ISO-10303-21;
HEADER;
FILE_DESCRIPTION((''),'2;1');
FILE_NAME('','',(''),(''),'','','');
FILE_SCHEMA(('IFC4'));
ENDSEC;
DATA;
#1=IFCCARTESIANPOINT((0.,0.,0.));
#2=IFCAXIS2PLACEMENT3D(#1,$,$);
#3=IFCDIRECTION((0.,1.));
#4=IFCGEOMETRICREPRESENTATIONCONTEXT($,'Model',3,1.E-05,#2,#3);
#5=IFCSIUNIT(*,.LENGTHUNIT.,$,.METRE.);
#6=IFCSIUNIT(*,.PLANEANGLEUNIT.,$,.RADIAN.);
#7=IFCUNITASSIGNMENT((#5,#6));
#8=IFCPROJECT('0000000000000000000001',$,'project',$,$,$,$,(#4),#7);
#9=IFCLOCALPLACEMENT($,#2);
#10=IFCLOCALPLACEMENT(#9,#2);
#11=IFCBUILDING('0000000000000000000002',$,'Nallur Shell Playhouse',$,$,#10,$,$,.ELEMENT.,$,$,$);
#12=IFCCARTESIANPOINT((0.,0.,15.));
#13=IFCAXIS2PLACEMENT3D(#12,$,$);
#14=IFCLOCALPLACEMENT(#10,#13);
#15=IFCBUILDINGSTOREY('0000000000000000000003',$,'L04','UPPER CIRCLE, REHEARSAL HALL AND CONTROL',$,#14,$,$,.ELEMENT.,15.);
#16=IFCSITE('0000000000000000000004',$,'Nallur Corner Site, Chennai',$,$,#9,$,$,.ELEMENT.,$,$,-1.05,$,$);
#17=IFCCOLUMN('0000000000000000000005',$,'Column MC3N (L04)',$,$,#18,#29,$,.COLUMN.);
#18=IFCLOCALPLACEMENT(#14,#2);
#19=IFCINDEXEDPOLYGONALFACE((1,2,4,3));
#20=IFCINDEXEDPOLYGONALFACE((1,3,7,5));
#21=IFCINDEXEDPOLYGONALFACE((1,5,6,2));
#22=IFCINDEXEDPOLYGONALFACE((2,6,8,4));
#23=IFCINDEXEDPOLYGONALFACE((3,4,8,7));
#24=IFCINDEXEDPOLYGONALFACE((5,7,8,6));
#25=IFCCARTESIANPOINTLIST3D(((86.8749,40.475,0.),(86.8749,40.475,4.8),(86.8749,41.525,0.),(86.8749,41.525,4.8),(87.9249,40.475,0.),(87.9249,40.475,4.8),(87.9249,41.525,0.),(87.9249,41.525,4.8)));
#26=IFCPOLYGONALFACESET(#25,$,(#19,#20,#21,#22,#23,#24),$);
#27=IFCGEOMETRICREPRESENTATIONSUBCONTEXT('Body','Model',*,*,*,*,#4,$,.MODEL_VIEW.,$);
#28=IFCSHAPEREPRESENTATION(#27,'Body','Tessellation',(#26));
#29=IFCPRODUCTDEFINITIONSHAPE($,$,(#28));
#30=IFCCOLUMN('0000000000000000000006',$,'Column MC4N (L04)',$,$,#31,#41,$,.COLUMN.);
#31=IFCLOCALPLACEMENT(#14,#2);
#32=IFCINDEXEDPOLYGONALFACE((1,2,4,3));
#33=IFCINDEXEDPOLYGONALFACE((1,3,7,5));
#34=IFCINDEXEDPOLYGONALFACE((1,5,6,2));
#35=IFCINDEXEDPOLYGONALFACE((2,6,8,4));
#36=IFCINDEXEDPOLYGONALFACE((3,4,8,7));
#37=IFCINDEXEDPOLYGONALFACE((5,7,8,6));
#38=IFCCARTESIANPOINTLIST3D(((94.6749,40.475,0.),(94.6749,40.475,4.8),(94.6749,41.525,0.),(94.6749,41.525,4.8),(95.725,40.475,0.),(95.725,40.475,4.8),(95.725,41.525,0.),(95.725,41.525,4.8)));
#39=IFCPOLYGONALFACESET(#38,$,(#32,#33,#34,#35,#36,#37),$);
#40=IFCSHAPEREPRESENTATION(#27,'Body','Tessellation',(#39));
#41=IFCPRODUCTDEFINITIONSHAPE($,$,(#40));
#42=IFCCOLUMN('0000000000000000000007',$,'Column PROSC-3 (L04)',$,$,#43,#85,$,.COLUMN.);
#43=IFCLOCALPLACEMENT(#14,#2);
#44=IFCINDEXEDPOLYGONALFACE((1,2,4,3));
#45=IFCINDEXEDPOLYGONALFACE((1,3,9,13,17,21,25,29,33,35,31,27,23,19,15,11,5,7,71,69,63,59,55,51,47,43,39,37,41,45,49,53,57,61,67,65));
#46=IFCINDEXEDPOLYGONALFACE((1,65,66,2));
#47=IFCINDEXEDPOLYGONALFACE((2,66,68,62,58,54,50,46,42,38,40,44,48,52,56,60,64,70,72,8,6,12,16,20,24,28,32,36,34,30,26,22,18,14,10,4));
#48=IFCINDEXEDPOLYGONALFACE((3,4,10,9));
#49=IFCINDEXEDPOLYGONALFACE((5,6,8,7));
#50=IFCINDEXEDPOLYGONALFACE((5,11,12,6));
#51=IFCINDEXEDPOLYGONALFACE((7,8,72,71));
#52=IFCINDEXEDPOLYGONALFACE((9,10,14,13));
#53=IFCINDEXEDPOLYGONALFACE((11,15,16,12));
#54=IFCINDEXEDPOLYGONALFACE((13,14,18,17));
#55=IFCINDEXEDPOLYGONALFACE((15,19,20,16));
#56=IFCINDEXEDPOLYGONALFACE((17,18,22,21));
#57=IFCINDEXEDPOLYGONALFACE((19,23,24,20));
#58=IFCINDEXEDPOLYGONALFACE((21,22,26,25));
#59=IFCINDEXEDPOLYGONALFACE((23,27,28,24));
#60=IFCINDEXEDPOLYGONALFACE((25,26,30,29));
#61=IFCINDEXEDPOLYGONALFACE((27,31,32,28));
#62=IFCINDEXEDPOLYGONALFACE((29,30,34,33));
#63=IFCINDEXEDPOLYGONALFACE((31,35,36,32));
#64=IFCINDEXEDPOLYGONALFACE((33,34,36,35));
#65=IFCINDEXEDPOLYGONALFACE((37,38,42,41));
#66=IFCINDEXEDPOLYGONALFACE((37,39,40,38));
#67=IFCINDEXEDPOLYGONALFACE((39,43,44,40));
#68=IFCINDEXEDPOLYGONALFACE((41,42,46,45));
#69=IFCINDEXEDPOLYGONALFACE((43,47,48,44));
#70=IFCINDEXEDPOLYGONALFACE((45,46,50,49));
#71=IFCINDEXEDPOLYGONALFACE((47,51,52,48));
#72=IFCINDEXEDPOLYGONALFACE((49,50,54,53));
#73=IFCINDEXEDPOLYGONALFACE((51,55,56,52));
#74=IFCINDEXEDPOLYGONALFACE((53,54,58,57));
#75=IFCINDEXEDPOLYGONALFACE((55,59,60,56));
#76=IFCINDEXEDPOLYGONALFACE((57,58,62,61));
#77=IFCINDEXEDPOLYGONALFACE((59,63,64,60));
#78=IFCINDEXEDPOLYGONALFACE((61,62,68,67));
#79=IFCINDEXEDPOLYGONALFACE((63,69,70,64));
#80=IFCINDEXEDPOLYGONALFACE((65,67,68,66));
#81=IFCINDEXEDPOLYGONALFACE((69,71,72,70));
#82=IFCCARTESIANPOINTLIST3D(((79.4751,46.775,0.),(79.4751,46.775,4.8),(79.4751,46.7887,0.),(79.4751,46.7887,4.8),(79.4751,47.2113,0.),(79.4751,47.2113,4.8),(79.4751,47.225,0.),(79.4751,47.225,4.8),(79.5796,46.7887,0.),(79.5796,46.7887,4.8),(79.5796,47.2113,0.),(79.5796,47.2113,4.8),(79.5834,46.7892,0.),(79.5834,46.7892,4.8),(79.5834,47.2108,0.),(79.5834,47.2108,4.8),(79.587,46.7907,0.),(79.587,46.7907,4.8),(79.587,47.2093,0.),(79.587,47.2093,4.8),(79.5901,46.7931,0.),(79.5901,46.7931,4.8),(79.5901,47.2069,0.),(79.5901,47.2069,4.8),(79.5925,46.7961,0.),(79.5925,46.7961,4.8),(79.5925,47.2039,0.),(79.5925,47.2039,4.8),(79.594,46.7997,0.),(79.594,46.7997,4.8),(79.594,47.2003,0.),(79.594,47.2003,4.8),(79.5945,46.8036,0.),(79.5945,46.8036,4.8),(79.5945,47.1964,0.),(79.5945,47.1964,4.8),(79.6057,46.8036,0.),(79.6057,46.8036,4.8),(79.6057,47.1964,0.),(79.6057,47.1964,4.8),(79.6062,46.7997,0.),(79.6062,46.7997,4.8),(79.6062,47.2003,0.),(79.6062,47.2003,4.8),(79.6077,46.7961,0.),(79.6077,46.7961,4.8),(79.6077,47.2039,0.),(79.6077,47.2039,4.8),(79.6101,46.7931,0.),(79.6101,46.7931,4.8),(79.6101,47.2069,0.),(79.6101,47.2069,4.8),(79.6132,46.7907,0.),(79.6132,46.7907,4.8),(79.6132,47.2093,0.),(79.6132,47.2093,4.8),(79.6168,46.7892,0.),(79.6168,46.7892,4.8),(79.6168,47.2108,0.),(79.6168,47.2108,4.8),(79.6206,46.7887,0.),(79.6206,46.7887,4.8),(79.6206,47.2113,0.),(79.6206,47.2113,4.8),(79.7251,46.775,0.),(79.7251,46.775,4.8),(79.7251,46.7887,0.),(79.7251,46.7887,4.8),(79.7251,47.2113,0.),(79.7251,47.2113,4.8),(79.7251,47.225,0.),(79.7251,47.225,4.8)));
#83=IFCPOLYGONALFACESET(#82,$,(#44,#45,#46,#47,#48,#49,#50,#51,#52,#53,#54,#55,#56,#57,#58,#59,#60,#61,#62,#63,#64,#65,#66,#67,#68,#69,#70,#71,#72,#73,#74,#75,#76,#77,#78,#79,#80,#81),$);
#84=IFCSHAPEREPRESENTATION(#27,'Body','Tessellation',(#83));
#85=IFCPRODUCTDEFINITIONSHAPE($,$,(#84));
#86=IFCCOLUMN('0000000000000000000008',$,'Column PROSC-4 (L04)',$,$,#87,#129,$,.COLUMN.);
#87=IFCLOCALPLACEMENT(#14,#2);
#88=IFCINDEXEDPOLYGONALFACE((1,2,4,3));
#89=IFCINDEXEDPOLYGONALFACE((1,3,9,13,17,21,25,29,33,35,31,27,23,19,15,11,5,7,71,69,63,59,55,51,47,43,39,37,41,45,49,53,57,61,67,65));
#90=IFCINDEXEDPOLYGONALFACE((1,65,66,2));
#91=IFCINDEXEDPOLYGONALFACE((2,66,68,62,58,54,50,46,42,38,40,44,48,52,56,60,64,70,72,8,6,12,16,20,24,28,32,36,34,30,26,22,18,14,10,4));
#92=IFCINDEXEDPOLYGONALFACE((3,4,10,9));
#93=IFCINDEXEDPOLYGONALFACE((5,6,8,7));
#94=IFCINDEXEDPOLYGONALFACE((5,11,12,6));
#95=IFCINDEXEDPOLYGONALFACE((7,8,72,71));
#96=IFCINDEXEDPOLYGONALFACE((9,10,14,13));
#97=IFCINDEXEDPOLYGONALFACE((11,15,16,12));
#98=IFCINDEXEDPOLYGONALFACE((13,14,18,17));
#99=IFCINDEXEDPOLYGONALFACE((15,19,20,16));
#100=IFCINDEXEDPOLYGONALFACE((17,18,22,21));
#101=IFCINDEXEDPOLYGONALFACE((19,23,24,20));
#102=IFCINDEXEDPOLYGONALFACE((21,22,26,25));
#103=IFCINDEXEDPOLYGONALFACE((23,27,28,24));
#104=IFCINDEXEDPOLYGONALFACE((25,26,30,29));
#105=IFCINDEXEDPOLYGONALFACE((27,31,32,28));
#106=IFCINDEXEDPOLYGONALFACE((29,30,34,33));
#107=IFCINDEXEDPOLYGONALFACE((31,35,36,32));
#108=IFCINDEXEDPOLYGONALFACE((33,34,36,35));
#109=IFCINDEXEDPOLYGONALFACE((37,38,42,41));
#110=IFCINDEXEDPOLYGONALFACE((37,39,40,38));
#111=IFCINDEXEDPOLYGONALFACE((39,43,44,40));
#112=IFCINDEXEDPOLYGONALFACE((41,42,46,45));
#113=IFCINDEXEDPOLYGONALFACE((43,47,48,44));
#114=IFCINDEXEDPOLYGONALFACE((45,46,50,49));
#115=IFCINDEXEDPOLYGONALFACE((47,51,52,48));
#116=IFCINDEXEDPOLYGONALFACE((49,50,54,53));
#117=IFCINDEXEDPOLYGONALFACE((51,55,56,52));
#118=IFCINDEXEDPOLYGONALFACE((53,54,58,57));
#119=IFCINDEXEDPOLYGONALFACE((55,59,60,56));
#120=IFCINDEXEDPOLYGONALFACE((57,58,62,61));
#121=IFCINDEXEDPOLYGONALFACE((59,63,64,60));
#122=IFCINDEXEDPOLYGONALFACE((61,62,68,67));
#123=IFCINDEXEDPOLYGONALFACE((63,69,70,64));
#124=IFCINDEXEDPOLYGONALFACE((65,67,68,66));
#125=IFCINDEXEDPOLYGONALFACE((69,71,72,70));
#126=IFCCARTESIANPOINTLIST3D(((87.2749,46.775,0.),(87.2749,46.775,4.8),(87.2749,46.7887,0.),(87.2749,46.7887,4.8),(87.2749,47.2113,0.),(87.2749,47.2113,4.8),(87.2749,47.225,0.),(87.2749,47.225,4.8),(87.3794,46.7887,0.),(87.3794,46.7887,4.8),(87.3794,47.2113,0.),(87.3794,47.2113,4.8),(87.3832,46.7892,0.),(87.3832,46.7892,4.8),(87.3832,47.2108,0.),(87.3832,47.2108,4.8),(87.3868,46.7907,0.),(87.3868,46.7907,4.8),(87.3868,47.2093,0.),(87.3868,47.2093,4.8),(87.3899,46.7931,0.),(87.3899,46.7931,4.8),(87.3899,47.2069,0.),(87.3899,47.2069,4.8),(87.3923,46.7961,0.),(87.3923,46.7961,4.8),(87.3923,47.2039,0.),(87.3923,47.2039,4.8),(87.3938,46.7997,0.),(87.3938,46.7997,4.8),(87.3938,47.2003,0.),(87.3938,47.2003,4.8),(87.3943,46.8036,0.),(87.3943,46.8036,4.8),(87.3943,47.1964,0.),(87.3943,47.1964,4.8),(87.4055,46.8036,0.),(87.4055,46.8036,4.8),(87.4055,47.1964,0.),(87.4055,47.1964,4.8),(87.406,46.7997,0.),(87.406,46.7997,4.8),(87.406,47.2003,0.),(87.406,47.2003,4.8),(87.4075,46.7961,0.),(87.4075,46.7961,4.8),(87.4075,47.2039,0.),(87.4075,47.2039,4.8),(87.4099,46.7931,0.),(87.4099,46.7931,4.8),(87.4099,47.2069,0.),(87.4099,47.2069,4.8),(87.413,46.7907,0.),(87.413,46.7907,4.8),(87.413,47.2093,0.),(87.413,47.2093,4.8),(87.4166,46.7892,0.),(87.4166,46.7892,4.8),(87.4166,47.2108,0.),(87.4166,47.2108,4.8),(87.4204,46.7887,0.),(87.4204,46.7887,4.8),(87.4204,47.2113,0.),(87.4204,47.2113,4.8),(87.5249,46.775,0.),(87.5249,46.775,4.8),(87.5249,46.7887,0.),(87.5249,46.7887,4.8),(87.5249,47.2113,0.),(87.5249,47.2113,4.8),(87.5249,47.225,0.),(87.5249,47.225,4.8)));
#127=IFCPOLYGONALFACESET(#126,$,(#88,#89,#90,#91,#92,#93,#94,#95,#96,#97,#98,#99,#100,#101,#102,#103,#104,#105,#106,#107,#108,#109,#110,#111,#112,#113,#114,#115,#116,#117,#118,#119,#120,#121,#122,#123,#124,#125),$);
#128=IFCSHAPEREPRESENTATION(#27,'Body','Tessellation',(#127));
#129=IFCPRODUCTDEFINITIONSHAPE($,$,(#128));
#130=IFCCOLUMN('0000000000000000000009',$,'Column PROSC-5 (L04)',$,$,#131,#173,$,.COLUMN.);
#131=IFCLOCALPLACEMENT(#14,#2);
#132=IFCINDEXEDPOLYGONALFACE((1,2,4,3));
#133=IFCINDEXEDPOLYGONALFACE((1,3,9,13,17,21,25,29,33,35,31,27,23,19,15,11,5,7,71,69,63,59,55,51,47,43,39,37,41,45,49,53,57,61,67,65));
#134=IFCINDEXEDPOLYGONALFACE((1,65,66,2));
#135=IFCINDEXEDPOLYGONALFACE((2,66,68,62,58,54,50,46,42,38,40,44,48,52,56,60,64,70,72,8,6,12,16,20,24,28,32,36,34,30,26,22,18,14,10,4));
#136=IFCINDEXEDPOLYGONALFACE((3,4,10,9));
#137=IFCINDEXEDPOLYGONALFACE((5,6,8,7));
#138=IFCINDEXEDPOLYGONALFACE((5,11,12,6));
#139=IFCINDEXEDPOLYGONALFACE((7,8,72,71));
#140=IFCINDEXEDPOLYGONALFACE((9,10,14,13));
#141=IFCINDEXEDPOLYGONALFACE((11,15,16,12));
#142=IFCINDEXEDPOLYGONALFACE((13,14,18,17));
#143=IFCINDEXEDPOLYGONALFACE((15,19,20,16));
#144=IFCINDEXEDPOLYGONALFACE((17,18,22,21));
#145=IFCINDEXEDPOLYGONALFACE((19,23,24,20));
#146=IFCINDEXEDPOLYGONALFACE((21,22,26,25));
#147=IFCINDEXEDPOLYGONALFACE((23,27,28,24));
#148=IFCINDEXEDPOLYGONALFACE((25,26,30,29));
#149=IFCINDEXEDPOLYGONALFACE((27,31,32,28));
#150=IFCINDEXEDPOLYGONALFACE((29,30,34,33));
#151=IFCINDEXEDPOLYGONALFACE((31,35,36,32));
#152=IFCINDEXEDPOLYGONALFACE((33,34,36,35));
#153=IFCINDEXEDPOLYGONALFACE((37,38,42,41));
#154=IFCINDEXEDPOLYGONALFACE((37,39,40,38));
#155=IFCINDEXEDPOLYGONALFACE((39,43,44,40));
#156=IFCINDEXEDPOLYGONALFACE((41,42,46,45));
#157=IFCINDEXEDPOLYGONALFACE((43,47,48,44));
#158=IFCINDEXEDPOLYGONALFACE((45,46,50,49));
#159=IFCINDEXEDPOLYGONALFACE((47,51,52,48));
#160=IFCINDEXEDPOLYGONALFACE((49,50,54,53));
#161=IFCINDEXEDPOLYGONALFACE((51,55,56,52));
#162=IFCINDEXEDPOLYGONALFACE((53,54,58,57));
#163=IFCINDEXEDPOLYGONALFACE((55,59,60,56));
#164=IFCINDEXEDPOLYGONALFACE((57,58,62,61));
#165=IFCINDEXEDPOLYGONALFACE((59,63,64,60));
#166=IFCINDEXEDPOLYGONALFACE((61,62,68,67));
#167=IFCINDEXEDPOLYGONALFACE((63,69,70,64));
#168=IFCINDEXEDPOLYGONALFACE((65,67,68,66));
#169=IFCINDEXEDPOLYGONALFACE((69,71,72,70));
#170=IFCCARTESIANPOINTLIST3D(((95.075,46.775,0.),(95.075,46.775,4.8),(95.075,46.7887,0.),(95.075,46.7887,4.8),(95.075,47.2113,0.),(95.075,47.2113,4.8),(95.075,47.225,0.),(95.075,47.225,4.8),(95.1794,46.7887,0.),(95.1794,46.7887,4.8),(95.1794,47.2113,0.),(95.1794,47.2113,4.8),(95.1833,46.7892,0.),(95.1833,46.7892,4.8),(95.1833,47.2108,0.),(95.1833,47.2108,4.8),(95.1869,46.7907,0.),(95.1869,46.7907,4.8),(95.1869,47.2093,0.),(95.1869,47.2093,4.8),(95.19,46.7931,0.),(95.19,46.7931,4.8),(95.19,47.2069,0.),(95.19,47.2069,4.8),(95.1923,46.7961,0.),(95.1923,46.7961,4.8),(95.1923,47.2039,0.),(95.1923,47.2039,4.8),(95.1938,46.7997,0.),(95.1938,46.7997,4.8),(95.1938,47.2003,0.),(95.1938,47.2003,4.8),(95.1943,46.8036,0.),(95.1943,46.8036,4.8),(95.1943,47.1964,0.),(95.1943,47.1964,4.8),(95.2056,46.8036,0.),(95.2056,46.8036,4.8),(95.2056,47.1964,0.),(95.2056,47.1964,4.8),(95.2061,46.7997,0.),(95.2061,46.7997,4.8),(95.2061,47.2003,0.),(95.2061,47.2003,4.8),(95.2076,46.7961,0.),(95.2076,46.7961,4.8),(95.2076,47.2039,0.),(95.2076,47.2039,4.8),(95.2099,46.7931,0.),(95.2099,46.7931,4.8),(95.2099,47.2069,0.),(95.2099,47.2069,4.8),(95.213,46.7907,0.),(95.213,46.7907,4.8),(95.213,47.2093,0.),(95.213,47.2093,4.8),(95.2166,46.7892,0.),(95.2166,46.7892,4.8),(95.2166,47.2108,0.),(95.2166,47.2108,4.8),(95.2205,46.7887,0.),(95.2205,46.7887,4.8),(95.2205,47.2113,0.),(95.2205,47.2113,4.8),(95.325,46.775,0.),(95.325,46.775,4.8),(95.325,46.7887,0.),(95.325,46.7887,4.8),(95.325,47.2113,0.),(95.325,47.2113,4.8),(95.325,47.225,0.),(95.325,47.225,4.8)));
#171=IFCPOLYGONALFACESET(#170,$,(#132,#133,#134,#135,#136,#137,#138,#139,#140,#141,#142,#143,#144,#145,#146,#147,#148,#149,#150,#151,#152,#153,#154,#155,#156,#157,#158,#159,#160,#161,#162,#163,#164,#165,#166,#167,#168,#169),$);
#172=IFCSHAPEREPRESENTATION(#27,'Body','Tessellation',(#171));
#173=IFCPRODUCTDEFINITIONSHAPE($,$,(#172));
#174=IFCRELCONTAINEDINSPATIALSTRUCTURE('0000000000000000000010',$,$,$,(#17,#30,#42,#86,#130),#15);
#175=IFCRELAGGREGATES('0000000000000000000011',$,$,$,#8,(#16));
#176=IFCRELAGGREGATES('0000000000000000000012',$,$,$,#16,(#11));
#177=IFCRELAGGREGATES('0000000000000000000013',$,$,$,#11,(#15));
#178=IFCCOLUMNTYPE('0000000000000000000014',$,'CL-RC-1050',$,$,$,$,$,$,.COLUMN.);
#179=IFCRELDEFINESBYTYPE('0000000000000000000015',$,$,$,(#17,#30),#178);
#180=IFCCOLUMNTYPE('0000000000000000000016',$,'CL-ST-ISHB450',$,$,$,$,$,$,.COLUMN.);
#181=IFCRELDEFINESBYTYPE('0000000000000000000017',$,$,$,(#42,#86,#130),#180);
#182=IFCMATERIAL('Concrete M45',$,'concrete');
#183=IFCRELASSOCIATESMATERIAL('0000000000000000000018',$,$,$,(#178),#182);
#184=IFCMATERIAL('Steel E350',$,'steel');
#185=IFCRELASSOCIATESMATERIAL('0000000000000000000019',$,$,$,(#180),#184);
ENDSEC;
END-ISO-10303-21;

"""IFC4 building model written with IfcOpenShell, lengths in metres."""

from ifc_helpers import new_model, si_unit, direction, frame, origin, origin_2d, place, context, subcontext, project, spatial, rectangle, i_section, extrude, material, material_profile, profile_set, type_object, element, save


model = new_model("IFC4")

# Units and contexts
model_context = context("Model", 3, precision=1e-05, world=origin(), true_north=direction((0.0, 1.0)))
body_context = subcontext(model_context, "Body", "Model", "MODEL_VIEW")
ifc_project = project(units=[si_unit("LENGTHUNIT", "METRE"), si_unit("PLANEANGLEUNIT", "RADIAN")], contexts=[model_context])

# Site, building, storey
site_placement = place(None, origin())
site = spatial("IfcSite", under=ifc_project, at=site_placement, Name="Nallur Corner Site, Chennai", CompositionType="ELEMENT", RefElevation=-1.05)
building_placement = place(site_placement, origin())
building = spatial("IfcBuilding", under=site, at=building_placement, Name="Nallur Shell Playhouse", CompositionType="ELEMENT")
storey_placement = place(building_placement, frame((0.0, 0.0, 15.0)))
storey = spatial("IfcBuildingStorey", under=building, at=storey_placement, Name="L04", Description="UPPER CIRCLE, REHEARSAL HALL AND CONTROL", CompositionType="ELEMENT", Elevation=15.0)

# Columns
ifc_material_1 = material(Name="Concrete M45", Category="concrete")
ifc_material_profile_1 = material_profile(ifc_material_1, rectangle(XDim=1.05, YDim=1.05, at=origin_2d()), Name="RC 1050x1050")
ifc_profile_set_1 = profile_set([ifc_material_profile_1], Name="Concrete M45")
column_type_1 = type_object("IfcColumnType", Name="CL-RC-1050", PredefinedType="COLUMN", material=ifc_profile_set_1)
for number, where, z_axis, x_axis, name in (
    (1, (87.3999, 41.0, 0.0), (0.0, 0.0, 1.0), (1.0, 0.0, 0.0), "Column MC3N (L04)"),
    (2, (95.2, 41.0, 0.0), (0.0, 0.0, 1.0), (1.0, 0.0, 0.0), "Column MC4N (L04)"),
):
    element("IfcColumn", number, at=place(storey_placement, frame(where, z_axis=z_axis, x_axis=x_axis)), inside=storey, type_object=column_type_1, Name=name, PredefinedType="COLUMN", context=body_context, shape_type="SweptSolid", body=[
        extrude(rectangle(XDim=1.05, YDim=1.05, at=origin_2d()), origin(), (0.0, 0.0, 1.0), 4.8),
    ])
ifc_material_2 = material(Name="Steel E350", Category="steel")
ifc_material_profile_2 = material_profile(ifc_material_2, i_section(OverallWidth=0.25, OverallDepth=0.45, WebThickness=0.0112, FlangeThickness=0.0137, FilletRadius=0.0149, at=origin_2d()), Name="ISHB 450")
ifc_profile_set_2 = profile_set([ifc_material_profile_2], Name="Steel E350")
column_type_2 = type_object("IfcColumnType", Name="CL-ST-ISHB450", PredefinedType="COLUMN", material=ifc_profile_set_2)
for number, where, z_axis, x_axis, name in (
    (3, (79.6001, 47.0, 0.0), (0.0, 0.0, 1.0), (1.0, 0.0, 0.0), "Column PROSC-3 (L04)"),
    (4, (87.3999, 47.0, 0.0), (0.0, 0.0, 1.0), (1.0, 0.0, 0.0), "Column PROSC-4 (L04)"),
    (5, (95.2, 47.0, 0.0), (0.0, 0.0, 1.0), (1.0, 0.0, 0.0), "Column PROSC-5 (L04)"),
):
    element("IfcColumn", number, at=place(storey_placement, frame(where, z_axis=z_axis, x_axis=x_axis)), inside=storey, type_object=column_type_2, Name=name, PredefinedType="COLUMN", context=body_context, shape_type="SweptSolid", body=[
        extrude(i_section(OverallWidth=0.25, OverallDepth=0.45, WebThickness=0.0112, FlangeThickness=0.0137, FilletRadius=0.0149, at=origin_2d()), origin(), (0.0, 0.0, 1.0), 4.8),
    ])

save(model, "model.ifc")
